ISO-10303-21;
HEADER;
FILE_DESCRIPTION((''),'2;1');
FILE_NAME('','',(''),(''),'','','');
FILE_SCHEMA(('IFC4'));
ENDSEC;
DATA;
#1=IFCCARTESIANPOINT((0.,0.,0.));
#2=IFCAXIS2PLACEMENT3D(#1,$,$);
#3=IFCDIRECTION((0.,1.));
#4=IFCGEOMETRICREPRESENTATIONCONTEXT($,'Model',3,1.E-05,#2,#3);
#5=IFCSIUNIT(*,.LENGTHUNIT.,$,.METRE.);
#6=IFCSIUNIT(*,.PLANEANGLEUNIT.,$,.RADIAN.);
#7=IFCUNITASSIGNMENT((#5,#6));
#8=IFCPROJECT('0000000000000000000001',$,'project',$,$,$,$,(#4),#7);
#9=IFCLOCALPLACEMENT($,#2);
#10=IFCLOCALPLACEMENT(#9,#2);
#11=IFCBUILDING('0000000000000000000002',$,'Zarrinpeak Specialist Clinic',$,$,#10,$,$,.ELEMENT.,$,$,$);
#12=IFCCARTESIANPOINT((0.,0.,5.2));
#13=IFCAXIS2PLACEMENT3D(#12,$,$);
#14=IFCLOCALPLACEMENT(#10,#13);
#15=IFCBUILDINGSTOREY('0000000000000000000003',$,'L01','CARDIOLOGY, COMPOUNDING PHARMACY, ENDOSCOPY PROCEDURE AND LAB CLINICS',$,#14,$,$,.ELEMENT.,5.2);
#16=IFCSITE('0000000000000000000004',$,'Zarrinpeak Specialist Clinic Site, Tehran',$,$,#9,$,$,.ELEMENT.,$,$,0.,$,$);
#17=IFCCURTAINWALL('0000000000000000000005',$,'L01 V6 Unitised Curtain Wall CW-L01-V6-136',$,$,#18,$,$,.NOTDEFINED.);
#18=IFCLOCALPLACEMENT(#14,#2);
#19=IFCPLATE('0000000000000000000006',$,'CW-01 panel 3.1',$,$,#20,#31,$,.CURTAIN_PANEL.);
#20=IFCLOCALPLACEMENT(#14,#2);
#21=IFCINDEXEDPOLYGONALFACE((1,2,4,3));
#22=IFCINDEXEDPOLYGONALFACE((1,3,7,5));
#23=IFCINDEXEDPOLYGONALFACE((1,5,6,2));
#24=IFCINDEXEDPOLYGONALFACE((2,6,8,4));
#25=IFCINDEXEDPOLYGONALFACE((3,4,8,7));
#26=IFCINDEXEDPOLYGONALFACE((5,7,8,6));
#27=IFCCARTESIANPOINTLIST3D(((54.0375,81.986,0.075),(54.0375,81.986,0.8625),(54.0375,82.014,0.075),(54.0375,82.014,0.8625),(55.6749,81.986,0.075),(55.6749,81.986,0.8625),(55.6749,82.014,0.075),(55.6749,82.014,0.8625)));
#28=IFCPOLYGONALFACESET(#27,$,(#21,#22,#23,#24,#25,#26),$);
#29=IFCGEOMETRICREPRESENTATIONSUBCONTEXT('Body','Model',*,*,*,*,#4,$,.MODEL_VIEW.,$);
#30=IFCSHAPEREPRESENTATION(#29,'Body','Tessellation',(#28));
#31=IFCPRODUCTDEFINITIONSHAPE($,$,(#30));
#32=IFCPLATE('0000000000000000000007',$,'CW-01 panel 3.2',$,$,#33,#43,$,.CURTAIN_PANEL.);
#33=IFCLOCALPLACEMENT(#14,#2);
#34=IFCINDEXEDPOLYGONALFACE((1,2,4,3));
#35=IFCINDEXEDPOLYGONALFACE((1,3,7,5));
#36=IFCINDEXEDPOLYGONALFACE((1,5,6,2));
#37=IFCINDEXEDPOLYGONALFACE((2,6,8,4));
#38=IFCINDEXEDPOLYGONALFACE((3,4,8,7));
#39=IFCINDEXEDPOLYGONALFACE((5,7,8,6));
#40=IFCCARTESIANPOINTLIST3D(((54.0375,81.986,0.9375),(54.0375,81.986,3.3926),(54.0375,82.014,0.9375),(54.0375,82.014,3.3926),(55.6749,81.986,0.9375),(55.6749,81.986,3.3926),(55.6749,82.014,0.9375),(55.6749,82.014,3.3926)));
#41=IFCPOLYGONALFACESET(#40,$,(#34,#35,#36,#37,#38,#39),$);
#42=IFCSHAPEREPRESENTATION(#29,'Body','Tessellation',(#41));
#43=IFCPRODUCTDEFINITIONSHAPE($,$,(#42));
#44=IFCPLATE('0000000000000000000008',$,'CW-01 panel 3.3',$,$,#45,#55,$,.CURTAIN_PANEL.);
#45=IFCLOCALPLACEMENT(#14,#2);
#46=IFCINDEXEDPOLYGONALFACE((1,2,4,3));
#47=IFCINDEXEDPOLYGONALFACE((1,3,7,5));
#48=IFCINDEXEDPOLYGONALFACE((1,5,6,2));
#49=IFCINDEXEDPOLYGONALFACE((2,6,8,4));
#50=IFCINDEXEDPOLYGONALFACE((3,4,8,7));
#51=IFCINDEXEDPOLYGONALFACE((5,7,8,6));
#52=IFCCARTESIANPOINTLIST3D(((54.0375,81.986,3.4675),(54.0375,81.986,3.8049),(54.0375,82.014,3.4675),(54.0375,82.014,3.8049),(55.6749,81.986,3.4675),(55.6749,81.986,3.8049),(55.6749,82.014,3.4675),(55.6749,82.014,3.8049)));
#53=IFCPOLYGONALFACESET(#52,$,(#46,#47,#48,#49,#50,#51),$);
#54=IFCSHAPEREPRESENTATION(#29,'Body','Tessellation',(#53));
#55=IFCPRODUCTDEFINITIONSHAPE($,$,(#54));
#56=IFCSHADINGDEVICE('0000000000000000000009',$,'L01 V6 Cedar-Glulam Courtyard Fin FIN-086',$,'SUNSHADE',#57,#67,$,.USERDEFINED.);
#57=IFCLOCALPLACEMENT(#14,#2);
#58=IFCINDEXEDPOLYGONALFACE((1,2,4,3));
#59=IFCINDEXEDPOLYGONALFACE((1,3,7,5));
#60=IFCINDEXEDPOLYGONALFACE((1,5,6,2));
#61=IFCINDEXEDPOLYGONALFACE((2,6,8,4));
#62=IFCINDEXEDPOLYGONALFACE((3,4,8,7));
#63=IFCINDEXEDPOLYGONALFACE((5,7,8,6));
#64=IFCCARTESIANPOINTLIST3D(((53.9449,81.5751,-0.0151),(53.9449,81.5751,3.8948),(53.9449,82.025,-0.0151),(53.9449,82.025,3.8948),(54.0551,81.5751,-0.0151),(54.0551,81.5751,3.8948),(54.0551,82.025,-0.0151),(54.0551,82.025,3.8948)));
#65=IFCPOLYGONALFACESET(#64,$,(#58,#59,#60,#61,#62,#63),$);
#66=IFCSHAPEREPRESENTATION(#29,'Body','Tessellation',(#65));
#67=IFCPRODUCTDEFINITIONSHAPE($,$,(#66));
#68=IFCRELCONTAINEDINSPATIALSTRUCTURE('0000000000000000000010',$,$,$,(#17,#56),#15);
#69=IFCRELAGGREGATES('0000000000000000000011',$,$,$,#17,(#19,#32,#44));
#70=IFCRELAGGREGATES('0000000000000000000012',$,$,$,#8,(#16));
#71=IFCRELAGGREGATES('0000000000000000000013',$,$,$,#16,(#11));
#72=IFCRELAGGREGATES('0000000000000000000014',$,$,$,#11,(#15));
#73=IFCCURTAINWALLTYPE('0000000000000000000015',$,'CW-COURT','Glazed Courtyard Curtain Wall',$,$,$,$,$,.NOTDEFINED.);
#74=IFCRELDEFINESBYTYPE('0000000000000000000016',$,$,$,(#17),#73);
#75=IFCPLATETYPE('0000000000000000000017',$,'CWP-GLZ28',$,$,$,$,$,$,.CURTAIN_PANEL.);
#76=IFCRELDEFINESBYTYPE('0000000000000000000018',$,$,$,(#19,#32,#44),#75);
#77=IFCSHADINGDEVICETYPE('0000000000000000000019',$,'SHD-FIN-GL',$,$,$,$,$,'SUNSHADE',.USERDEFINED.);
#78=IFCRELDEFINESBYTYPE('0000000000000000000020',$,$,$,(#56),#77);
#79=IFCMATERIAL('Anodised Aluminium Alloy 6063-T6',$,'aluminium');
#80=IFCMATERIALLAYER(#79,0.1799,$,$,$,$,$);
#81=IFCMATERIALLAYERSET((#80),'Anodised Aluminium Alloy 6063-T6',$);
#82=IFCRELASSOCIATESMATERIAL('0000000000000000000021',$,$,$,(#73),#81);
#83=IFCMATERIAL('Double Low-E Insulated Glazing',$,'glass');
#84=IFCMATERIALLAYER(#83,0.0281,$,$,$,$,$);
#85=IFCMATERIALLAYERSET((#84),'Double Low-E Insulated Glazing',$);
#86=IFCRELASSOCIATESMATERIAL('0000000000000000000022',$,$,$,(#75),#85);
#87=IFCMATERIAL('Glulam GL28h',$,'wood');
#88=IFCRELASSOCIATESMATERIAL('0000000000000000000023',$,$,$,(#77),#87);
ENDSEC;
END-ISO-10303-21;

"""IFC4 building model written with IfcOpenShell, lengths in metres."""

from ifc_helpers import new_model, si_unit, direction, frame, origin, origin_2d, place, context, subcontext, project, spatial, rectangle, extrude, material, layer, layer_set, type_object, element, aggregate, save


model = new_model("IFC4")

# Units and contexts
model_context = context("Model", 3, precision=1e-05, world=origin(), true_north=direction((0.0, 1.0)))
body_context = subcontext(model_context, "Body", "Model", "MODEL_VIEW")
ifc_project = project(units=[si_unit("LENGTHUNIT", "METRE"), si_unit("PLANEANGLEUNIT", "RADIAN")], contexts=[model_context])

# Site, building, storey
site_placement = place(None, origin())
site = spatial("IfcSite", under=ifc_project, at=site_placement, Name="Zarrinpeak Specialist Clinic Site, Tehran", CompositionType="ELEMENT", RefElevation=0.0)
building_placement = place(site_placement, origin())
building = spatial("IfcBuilding", under=site, at=building_placement, Name="Zarrinpeak Specialist Clinic", CompositionType="ELEMENT")
storey_placement = place(building_placement, frame((0.0, 0.0, 5.2)))
storey = spatial("IfcBuildingStorey", under=building, at=storey_placement, Name="L01", Description="CARDIOLOGY, COMPOUNDING PHARMACY, ENDOSCOPY PROCEDURE AND LAB CLINICS", CompositionType="ELEMENT", Elevation=5.2)

# Curtain wall, plates
ifc_material_1 = material(Name="Anodised Aluminium Alloy 6063-T6", Category="aluminium")
ifc_layer_1 = layer(ifc_material_1, 0.1799)
ifc_layer_set_1 = layer_set([ifc_layer_1], Name="Anodised Aluminium Alloy 6063-T6")
curtain_wall_type = type_object("IfcCurtainWallType", Name="CW-COURT", Description="Glazed Courtyard Curtain Wall", PredefinedType="NOTDEFINED", material=ifc_layer_set_1)
curtain_wall_placement = place(storey_placement, origin())
curtain_wall = element("IfcCurtainWall", 1, at=curtain_wall_placement, inside=storey, type_object=curtain_wall_type, Name="L01 V6 Unitised Curtain Wall CW-L01-V6-136", PredefinedType="NOTDEFINED")
ifc_material_2 = material(Name="Double Low-E Insulated Glazing", Category="glass")
ifc_layer_2 = layer(ifc_material_2, 0.0281)
ifc_layer_set_2 = layer_set([ifc_layer_2], Name="Double Low-E Insulated Glazing")
plate_type = type_object("IfcPlateType", Name="CWP-GLZ28", PredefinedType="CURTAIN_PANEL", material=ifc_layer_set_2)
plate_1_placement = place(storey_placement, frame((54.8562, 82.0, 0.075), z_axis=(0.0, 0.0, 1.0), x_axis=(1.0, 0.0, 0.0)))
plate_1 = element("IfcPlate", 2, at=plate_1_placement, type_object=plate_type, Name="CW-01 panel 3.1", PredefinedType="CURTAIN_PANEL", context=body_context, shape_type="SweptSolid", body=[
    extrude(rectangle(XDim=1.6375, YDim=0.0281, at=origin_2d()), origin(), (0.0, 0.0, 1.0), 0.7876),
])
plate_2_placement = place(storey_placement, frame((54.8562, 82.0, 0.9375), z_axis=(0.0, 0.0, 1.0), x_axis=(1.0, 0.0, 0.0)))
plate_2 = element("IfcPlate", 3, at=plate_2_placement, type_object=plate_type, Name="CW-01 panel 3.2", PredefinedType="CURTAIN_PANEL", context=body_context, shape_type="SweptSolid", body=[
    extrude(rectangle(XDim=1.6375, YDim=0.0281, at=origin_2d()), origin(), (0.0, 0.0, 1.0), 2.4551),
])
plate_3_placement = place(storey_placement, frame((54.8562, 82.0, 3.4675), z_axis=(0.0, 0.0, 1.0), x_axis=(1.0, 0.0, 0.0)))
plate_3 = element("IfcPlate", 4, at=plate_3_placement, type_object=plate_type, Name="CW-01 panel 3.3", PredefinedType="CURTAIN_PANEL", context=body_context, shape_type="SweptSolid", body=[
    extrude(rectangle(XDim=1.6375, YDim=0.0281, at=origin_2d()), origin(), (0.0, 0.0, 1.0), 0.3374),
])
aggregate(curtain_wall, [plate_1, plate_2, plate_3])

# Shading device
ifc_material_3 = material(Name="Glulam GL28h", Category="wood")
shading_device_type = type_object("IfcShadingDeviceType", Name="SHD-FIN-GL", ElementType="SUNSHADE", PredefinedType="USERDEFINED", material=ifc_material_3)
shading_device_placement = place(storey_placement, frame((54.0, 81.8, -0.0151), z_axis=(0.0, 0.0, 1.0), x_axis=(1.0, 0.0, 0.0)))
element("IfcShadingDevice", 5, at=shading_device_placement, inside=storey, type_object=shading_device_type, Name="L01 V6 Cedar-Glulam Courtyard Fin FIN-086", ObjectType="SUNSHADE", PredefinedType="USERDEFINED", context=body_context, shape_type="SweptSolid", body=[
    extrude(rectangle(XDim=0.1101, YDim=0.45, at=origin_2d()), origin(), (0.0, 0.0, 1.0), 3.9099),
])

save(model, "model.ifc")
